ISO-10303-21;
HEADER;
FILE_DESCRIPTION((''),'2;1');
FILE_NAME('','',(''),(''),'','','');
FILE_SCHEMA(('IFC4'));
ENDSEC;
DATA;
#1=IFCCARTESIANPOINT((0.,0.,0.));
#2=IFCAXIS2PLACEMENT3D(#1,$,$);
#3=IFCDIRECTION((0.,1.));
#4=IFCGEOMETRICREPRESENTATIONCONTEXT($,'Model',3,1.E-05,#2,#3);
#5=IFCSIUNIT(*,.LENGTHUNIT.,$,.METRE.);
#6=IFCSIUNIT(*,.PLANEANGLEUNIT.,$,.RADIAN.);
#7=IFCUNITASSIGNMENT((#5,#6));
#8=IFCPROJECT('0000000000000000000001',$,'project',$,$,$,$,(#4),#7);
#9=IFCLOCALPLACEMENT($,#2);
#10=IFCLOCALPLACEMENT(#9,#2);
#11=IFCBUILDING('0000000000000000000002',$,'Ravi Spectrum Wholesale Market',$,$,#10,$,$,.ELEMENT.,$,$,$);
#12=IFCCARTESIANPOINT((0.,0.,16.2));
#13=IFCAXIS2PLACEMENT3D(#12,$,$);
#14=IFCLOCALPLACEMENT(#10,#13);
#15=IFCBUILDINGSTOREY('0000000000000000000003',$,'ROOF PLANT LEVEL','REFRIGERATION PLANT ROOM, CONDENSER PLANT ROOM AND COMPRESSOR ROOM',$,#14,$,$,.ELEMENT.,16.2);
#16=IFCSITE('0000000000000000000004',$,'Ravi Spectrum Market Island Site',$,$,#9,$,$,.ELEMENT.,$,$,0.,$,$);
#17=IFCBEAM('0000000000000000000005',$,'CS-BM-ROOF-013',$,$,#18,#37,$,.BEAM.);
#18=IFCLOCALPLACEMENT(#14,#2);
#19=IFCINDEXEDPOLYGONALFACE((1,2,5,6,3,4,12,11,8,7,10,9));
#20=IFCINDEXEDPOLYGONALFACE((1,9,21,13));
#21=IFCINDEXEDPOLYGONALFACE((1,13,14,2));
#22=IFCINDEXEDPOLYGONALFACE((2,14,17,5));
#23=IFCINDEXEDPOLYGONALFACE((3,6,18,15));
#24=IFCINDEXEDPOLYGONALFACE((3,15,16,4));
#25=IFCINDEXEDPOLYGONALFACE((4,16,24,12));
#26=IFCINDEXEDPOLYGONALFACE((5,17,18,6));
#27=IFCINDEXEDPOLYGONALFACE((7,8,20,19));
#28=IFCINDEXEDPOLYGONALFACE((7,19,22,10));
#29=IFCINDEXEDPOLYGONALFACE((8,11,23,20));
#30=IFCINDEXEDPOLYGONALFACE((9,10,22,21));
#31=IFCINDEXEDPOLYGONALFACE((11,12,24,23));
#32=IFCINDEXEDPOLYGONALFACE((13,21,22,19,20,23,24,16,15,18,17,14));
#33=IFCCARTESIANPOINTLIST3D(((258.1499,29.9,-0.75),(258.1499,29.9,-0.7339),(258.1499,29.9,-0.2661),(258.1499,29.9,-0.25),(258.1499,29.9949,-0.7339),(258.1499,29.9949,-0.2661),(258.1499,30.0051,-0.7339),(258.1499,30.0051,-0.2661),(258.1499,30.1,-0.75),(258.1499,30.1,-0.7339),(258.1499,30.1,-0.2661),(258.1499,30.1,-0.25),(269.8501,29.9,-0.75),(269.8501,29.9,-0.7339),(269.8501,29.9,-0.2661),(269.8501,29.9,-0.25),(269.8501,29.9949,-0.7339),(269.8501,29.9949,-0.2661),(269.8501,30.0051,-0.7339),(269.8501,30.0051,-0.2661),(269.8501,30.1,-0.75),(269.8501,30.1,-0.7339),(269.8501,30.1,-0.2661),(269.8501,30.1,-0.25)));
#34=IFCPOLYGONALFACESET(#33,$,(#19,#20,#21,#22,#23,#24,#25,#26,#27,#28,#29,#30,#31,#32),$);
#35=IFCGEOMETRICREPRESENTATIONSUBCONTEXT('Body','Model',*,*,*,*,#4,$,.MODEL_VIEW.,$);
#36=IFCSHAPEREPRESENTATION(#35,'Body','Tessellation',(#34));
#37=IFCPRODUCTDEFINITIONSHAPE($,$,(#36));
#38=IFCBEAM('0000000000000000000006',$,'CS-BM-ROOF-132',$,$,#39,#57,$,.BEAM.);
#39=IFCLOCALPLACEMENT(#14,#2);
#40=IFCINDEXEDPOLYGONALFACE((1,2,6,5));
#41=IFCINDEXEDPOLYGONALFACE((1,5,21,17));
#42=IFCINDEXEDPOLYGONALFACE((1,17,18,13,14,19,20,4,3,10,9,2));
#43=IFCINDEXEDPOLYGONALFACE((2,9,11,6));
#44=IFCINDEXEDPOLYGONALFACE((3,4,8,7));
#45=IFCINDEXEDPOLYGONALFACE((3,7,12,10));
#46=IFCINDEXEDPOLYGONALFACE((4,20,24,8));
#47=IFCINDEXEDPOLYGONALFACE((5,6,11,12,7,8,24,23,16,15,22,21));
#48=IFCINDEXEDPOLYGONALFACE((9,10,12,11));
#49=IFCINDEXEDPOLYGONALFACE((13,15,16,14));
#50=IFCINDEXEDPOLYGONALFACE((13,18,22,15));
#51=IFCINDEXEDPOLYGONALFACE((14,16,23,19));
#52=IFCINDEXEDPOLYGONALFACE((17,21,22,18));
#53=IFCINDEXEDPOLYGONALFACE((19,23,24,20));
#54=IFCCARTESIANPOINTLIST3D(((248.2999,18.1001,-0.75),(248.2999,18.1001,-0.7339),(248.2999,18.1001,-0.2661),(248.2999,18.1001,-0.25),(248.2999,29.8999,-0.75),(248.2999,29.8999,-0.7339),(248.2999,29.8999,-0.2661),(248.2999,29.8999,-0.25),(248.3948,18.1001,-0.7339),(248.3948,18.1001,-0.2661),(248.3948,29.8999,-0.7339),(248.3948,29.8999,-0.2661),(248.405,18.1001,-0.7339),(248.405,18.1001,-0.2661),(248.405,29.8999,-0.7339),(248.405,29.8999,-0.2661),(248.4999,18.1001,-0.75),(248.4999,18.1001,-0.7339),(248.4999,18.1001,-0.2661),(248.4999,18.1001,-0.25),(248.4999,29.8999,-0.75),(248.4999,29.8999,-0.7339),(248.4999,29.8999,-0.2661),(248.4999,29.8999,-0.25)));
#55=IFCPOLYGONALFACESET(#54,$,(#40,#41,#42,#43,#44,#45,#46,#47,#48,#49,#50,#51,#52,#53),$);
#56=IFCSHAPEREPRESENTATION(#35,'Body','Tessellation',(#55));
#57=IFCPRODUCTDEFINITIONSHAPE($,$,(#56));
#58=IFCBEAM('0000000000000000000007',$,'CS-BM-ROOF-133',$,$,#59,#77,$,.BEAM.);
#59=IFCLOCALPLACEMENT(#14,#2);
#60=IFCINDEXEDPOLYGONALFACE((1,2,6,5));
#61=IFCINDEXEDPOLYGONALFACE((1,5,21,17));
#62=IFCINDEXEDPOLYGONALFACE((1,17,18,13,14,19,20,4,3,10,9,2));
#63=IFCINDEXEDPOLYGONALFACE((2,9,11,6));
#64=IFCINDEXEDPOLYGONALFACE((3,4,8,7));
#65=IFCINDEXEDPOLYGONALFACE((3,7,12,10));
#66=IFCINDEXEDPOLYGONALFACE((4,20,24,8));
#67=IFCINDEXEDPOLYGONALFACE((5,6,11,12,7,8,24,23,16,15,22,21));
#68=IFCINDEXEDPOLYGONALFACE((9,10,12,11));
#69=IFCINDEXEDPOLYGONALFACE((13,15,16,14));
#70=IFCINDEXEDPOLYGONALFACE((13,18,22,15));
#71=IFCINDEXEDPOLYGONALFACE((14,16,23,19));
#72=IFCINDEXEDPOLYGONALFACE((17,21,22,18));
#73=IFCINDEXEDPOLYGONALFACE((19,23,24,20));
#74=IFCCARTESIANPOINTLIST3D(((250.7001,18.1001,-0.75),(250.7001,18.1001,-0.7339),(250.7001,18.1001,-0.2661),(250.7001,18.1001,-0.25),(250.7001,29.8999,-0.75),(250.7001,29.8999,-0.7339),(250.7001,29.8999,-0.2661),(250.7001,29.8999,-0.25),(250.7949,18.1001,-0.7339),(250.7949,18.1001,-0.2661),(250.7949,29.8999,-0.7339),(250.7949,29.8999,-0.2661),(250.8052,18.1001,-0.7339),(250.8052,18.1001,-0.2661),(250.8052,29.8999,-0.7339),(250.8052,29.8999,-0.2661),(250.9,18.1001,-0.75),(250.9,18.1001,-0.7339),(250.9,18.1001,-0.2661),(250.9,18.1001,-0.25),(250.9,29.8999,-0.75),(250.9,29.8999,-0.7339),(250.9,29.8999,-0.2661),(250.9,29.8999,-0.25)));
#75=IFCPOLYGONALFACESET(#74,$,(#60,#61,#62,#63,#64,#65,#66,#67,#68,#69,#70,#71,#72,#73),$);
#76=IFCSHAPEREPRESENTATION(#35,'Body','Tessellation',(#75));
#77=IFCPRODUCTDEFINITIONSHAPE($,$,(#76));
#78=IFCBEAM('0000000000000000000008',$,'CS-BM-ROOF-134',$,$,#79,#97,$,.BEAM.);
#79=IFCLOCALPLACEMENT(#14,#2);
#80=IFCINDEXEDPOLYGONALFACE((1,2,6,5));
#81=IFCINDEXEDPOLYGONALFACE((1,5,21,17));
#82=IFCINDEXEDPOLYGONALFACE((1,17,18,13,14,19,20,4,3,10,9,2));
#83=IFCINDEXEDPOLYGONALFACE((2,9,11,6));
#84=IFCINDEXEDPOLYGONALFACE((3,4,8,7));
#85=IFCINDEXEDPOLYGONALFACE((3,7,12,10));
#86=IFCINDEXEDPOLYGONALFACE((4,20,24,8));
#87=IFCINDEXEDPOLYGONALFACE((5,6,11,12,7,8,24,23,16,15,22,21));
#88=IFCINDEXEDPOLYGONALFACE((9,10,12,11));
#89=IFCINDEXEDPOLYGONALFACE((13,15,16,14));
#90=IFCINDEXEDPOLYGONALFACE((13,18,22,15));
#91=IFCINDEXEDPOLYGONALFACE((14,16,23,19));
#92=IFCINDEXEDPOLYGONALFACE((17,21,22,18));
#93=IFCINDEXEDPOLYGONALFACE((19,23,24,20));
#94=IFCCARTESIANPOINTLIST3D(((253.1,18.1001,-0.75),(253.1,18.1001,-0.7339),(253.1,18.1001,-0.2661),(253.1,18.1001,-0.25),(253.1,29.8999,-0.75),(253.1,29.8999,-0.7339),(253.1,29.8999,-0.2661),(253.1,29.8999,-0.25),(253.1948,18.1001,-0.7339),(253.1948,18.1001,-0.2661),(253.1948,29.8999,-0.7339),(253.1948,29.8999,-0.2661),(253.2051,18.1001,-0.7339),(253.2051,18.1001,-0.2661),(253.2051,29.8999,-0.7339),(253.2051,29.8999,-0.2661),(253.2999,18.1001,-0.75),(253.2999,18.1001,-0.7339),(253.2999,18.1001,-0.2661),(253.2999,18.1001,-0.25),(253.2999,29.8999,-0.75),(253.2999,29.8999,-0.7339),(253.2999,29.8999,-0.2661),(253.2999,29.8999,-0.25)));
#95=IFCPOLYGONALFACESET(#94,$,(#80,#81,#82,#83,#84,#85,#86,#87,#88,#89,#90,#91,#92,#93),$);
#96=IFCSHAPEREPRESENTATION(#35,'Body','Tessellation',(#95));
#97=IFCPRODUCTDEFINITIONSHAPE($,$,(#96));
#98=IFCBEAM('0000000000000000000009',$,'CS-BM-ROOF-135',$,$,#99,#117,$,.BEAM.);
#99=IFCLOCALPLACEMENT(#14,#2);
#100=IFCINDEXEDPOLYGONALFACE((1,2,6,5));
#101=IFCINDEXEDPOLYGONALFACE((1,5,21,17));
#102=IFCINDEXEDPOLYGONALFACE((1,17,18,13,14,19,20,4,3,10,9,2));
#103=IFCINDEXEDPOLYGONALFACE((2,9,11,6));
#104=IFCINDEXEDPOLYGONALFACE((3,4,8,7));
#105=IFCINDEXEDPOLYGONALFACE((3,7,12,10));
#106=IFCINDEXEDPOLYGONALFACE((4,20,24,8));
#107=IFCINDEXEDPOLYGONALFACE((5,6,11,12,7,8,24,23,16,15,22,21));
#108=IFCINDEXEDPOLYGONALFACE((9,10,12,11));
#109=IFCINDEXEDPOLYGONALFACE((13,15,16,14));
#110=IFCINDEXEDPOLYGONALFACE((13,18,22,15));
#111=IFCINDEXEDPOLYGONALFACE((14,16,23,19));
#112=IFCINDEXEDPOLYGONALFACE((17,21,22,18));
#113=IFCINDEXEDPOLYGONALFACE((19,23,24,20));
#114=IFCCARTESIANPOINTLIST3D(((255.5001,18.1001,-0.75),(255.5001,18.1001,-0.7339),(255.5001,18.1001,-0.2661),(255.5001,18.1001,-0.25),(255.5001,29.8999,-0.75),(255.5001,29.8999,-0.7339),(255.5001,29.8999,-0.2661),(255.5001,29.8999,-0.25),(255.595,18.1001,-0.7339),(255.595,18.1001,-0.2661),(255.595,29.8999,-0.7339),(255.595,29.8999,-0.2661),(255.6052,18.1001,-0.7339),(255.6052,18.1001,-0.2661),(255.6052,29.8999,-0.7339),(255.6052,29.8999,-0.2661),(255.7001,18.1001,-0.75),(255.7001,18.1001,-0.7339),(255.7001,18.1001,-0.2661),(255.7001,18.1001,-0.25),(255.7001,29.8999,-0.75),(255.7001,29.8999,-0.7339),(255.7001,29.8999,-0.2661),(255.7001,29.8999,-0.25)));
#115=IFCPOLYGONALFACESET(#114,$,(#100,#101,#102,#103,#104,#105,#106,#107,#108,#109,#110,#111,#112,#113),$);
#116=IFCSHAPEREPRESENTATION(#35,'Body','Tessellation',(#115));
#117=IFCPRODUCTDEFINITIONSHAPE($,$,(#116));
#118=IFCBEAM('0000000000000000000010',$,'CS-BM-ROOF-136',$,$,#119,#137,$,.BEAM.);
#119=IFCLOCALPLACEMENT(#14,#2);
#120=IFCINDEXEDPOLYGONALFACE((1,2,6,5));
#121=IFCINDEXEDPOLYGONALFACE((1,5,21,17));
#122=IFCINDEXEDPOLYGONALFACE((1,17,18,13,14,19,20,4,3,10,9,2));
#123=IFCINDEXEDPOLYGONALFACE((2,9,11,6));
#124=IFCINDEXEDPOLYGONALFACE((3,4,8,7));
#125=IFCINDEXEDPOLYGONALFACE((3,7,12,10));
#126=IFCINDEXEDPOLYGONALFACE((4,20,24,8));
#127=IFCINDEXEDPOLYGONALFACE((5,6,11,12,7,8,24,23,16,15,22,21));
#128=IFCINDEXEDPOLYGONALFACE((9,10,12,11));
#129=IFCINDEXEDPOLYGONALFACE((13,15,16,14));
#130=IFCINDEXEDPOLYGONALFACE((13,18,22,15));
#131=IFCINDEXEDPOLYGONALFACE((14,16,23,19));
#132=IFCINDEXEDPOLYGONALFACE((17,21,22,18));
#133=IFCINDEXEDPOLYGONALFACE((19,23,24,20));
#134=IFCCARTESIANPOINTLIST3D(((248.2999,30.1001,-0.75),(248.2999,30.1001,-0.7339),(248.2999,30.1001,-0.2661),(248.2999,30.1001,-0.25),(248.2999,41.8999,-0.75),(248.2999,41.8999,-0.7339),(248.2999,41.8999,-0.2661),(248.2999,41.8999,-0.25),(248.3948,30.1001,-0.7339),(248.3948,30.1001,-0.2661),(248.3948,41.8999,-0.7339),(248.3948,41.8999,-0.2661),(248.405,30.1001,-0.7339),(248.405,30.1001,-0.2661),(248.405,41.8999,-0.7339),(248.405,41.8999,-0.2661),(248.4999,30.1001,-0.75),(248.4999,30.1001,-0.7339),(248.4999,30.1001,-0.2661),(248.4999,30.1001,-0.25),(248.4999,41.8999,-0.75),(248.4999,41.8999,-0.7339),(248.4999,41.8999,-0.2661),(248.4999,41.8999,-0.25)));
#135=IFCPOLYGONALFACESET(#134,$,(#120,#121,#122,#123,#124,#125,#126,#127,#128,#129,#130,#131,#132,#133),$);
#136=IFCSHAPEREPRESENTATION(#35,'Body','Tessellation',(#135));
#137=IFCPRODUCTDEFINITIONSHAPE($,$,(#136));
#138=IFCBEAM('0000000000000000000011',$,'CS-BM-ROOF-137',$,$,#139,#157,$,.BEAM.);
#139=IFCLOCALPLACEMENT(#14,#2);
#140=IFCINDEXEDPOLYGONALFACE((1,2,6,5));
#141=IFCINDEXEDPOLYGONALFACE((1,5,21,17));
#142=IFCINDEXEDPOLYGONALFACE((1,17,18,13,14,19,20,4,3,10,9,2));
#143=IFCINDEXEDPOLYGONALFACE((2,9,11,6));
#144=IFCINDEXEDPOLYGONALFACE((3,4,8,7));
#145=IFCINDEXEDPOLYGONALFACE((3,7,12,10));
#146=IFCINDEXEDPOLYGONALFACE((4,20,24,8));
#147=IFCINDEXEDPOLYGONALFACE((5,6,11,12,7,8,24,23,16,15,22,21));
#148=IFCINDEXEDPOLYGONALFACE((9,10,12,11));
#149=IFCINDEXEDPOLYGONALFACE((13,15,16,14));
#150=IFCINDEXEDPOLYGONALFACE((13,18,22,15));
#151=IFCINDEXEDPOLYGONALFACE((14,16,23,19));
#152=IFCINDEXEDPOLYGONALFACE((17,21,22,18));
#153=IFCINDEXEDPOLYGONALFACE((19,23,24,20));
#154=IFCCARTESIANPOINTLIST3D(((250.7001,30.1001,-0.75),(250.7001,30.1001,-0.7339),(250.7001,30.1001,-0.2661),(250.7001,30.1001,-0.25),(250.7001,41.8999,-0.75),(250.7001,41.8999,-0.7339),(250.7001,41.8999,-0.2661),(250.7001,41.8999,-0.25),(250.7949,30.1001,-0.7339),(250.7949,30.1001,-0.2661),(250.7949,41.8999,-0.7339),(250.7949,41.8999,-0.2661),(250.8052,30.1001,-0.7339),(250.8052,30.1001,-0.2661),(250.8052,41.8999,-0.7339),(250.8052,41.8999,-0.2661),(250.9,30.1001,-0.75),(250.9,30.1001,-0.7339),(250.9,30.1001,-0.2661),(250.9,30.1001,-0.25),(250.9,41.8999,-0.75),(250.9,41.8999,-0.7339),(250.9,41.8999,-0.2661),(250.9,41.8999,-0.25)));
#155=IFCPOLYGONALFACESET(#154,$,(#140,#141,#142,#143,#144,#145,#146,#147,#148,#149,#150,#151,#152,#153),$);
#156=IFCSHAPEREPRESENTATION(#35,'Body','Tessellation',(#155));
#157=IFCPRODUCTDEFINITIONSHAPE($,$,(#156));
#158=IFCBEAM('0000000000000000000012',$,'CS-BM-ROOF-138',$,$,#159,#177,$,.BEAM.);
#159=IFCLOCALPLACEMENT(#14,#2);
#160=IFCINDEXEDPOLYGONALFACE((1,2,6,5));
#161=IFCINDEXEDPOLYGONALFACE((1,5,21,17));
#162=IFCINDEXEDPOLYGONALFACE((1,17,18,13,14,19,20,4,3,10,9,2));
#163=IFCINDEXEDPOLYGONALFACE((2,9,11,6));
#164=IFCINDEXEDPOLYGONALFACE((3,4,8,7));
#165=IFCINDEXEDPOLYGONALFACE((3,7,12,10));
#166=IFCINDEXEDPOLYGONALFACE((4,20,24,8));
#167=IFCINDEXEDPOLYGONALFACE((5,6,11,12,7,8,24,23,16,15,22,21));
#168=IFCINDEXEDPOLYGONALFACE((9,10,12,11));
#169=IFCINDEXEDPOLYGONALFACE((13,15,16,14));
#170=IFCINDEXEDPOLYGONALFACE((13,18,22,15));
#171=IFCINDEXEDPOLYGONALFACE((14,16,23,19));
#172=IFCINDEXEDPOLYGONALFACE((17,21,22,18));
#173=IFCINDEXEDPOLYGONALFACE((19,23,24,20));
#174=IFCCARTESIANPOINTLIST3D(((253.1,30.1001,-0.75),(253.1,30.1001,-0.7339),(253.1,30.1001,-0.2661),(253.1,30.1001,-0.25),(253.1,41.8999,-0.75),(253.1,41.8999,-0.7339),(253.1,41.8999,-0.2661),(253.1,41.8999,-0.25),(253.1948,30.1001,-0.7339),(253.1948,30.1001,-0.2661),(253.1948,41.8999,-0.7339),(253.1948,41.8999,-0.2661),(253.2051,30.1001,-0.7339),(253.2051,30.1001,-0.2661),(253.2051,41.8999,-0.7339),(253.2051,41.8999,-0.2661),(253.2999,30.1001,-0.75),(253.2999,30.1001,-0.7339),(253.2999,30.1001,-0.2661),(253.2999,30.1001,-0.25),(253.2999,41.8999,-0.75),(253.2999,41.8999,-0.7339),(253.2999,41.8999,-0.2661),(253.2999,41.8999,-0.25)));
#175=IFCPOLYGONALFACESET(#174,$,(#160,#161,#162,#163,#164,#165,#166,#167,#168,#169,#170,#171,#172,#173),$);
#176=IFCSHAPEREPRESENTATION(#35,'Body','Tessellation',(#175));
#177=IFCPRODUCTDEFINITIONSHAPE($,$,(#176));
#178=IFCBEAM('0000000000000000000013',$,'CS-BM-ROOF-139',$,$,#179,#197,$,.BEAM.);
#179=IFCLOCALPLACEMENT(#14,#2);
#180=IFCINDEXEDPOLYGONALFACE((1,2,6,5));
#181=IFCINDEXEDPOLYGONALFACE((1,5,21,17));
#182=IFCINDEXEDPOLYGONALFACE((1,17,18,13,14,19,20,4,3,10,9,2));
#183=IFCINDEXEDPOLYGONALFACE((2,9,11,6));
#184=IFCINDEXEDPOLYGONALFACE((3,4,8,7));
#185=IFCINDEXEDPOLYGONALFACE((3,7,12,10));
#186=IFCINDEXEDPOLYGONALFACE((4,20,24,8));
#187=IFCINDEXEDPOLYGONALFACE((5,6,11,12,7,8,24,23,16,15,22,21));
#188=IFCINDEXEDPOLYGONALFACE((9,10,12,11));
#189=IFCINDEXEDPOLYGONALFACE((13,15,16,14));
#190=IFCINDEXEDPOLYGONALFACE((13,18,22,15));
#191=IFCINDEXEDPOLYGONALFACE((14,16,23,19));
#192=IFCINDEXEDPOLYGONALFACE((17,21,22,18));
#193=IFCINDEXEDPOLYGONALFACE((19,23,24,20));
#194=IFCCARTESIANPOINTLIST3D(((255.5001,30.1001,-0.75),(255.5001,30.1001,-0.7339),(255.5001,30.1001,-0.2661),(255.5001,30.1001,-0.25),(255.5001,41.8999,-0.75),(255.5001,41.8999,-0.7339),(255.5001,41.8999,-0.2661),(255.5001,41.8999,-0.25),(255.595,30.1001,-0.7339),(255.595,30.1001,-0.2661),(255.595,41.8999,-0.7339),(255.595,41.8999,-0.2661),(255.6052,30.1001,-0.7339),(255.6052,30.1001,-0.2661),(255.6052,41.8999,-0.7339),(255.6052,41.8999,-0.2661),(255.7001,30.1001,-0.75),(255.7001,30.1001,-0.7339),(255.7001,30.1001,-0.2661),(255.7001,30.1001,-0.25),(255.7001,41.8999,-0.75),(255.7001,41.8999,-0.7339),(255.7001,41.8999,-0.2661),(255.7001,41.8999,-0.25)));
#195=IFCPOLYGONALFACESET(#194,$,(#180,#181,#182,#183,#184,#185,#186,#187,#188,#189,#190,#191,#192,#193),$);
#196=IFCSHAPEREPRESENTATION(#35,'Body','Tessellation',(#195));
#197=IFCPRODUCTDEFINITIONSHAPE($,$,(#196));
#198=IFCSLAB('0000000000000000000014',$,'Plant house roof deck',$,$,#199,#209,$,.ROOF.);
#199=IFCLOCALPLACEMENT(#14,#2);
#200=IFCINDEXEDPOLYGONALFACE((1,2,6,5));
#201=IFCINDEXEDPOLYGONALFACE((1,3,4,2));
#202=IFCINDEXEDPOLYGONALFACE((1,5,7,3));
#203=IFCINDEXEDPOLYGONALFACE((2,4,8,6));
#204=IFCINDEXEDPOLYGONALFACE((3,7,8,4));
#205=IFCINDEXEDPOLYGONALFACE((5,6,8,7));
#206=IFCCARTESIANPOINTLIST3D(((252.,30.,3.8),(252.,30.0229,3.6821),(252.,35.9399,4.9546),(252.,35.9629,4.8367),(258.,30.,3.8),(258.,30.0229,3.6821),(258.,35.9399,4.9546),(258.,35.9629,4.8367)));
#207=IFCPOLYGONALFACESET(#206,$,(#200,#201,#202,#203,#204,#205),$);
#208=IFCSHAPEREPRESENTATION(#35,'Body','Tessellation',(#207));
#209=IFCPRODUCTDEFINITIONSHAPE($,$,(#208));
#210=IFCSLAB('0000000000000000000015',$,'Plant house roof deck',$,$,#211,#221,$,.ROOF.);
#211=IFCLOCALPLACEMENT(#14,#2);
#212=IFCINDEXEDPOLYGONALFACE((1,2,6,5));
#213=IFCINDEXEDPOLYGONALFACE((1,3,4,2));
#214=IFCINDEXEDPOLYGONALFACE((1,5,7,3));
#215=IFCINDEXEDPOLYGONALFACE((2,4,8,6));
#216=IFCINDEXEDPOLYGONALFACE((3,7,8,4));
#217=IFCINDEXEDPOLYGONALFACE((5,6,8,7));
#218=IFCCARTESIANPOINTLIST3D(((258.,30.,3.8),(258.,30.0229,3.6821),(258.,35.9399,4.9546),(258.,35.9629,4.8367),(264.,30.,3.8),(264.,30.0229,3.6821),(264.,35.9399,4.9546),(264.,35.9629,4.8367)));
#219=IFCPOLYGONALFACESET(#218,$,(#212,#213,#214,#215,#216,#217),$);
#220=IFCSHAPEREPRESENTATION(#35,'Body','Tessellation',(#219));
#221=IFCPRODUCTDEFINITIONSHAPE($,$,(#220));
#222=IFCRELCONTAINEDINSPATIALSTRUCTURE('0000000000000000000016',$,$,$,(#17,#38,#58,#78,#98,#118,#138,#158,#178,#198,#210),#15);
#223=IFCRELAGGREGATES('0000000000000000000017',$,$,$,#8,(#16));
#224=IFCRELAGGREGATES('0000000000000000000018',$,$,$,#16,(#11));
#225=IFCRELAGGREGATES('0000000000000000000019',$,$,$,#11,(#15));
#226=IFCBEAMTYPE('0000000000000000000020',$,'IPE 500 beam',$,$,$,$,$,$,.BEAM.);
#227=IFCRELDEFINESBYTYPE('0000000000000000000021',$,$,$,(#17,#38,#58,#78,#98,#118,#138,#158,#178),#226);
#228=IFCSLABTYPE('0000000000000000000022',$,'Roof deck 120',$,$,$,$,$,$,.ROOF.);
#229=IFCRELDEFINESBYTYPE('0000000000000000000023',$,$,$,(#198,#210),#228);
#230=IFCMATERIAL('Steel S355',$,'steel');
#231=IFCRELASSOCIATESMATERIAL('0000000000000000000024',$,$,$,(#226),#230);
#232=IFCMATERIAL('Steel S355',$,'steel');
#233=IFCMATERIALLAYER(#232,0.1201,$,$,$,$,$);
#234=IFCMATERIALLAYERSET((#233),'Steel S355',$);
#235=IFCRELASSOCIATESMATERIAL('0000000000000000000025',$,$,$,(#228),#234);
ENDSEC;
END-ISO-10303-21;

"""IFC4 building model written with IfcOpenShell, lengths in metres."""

from ifc_helpers import new_model, si_unit, direction, frame, origin, origin_2d, place, context, subcontext, project, spatial, polyline, i_section, outline, extrude, material, layer, layer_set, material_profile, profile_set, type_object, element, save


model = new_model("IFC4")

# Units and contexts
model_context = context("Model", 3, precision=1e-05, world=origin(), true_north=direction((0.0, 1.0)))
body_context = subcontext(model_context, "Body", "Model", "MODEL_VIEW")
ifc_project = project(units=[si_unit("LENGTHUNIT", "METRE"), si_unit("PLANEANGLEUNIT", "RADIAN")], contexts=[model_context])

# Site, building, storey
site_placement = place(None, origin())
site = spatial("IfcSite", under=ifc_project, at=site_placement, Name="Ravi Spectrum Market Island Site", CompositionType="ELEMENT", RefElevation=0.0)
building_placement = place(site_placement, origin())
building = spatial("IfcBuilding", under=site, at=building_placement, Name="Ravi Spectrum Wholesale Market", CompositionType="ELEMENT")
storey_placement = place(building_placement, frame((0.0, 0.0, 16.2)))
storey = spatial("IfcBuildingStorey", under=building, at=storey_placement, Name="ROOF PLANT LEVEL", Description="REFRIGERATION PLANT ROOM, CONDENSER PLANT ROOM AND COMPRESSOR ROOM", CompositionType="ELEMENT", Elevation=16.2)

# Beams
ifc_material_1 = material(Name="Steel S355", Category="steel")
ifc_material_profile_1 = material_profile(ifc_material_1, i_section(OverallWidth=0.2, OverallDepth=0.5, WebThickness=0.0103, FlangeThickness=0.0161, at=origin_2d()))
ifc_profile_set_1 = profile_set([ifc_material_profile_1], Name="Steel S355")
beam_type_1 = type_object("IfcBeamType", Name="IPE 500 beam", PredefinedType="BEAM", material=ifc_profile_set_1)
for number, where, z_axis, x_axis, name in (
    (1, (258.1499, 30.0, -0.5), (1.0, 0.0, 0.0), (0.0, 1.0, 0.0), "CS-BM-ROOF-013"),
):
    element("IfcBeam", number, at=place(storey_placement, frame(where, z_axis=z_axis, x_axis=x_axis)), inside=storey, type_object=beam_type_1, Name=name, PredefinedType="BEAM", context=body_context, shape_type="SweptSolid", body=[
        extrude(i_section(OverallWidth=0.2, OverallDepth=0.5, WebThickness=0.0103, FlangeThickness=0.0161, at=origin_2d()), origin(), (0.0, 0.0, 1.0), 11.7002),
    ])
for number, where, z_axis, x_axis, name in (
    (2, (248.3999, 18.1001, -0.5), (0.0, 1.0, 0.0), (-1.0, 0.0, 0.0), "CS-BM-ROOF-132"),
    (3, (250.8, 18.1001, -0.5), (0.0, 1.0, 0.0), (-1.0, 0.0, 0.0), "CS-BM-ROOF-133"),
    (4, (253.2, 18.1001, -0.5), (0.0, 1.0, 0.0), (-1.0, 0.0, 0.0), "CS-BM-ROOF-134"),
    (5, (255.6001, 18.1001, -0.5), (0.0, 1.0, 0.0), (-1.0, 0.0, 0.0), "CS-BM-ROOF-135"),
    (6, (248.3999, 30.1001, -0.5), (0.0, 1.0, 0.0), (-1.0, 0.0, 0.0), "CS-BM-ROOF-136"),
    (7, (250.8, 30.1001, -0.5), (0.0, 1.0, 0.0), (-1.0, 0.0, 0.0), "CS-BM-ROOF-137"),
    (8, (253.2, 30.1001, -0.5), (0.0, 1.0, 0.0), (-1.0, 0.0, 0.0), "CS-BM-ROOF-138"),
    (9, (255.6001, 30.1001, -0.5), (0.0, 1.0, 0.0), (-1.0, 0.0, 0.0), "CS-BM-ROOF-139"),
):
    element("IfcBeam", number, at=place(storey_placement, frame(where, z_axis=z_axis, x_axis=x_axis)), inside=storey, type_object=beam_type_1, Name=name, PredefinedType="BEAM", context=body_context, shape_type="SweptSolid", body=[
        extrude(i_section(OverallWidth=0.2, OverallDepth=0.5, WebThickness=0.0103, FlangeThickness=0.0161, at=origin_2d()), origin(), (0.0, 0.0, 1.0), 11.7998),
    ])

# Slabs
ifc_material_2 = material(Name="Steel S355", Category="steel")
ifc_layer_1 = layer(ifc_material_2, 0.1201)
ifc_layer_set_1 = layer_set([ifc_layer_1], Name="Steel S355")
slab_type = type_object("IfcSlabType", Name="Roof deck 120", PredefinedType="ROOF", material=ifc_layer_set_1)
for number, where, z_axis, x_axis, name in (
    (10, (252.0, 30.0, 3.8), (0.0, -0.190798, 0.981629), (1.0, 0.0, 0.0), "Plant house roof deck"),
    (11, (258.0, 30.0, 3.8), (0.0, -0.190798, 0.981629), (1.0, 0.0, 0.0), "Plant house roof deck"),
):
    element("IfcSlab", number, at=place(storey_placement, frame(where, z_axis=z_axis, x_axis=x_axis)), inside=storey, type_object=slab_type, Name=name, PredefinedType="ROOF", context=body_context, shape_type="SweptSolid", body=[
        extrude(outline(polyline([(0.0, 0.0), (6.0, 0.0), (6.0, 6.0511), (0.0, 6.0511), (0.0, 0.0)])), origin(), (0.0, 0.0, -1.0), 0.1201),
    ])

save(model, "model.ifc")
